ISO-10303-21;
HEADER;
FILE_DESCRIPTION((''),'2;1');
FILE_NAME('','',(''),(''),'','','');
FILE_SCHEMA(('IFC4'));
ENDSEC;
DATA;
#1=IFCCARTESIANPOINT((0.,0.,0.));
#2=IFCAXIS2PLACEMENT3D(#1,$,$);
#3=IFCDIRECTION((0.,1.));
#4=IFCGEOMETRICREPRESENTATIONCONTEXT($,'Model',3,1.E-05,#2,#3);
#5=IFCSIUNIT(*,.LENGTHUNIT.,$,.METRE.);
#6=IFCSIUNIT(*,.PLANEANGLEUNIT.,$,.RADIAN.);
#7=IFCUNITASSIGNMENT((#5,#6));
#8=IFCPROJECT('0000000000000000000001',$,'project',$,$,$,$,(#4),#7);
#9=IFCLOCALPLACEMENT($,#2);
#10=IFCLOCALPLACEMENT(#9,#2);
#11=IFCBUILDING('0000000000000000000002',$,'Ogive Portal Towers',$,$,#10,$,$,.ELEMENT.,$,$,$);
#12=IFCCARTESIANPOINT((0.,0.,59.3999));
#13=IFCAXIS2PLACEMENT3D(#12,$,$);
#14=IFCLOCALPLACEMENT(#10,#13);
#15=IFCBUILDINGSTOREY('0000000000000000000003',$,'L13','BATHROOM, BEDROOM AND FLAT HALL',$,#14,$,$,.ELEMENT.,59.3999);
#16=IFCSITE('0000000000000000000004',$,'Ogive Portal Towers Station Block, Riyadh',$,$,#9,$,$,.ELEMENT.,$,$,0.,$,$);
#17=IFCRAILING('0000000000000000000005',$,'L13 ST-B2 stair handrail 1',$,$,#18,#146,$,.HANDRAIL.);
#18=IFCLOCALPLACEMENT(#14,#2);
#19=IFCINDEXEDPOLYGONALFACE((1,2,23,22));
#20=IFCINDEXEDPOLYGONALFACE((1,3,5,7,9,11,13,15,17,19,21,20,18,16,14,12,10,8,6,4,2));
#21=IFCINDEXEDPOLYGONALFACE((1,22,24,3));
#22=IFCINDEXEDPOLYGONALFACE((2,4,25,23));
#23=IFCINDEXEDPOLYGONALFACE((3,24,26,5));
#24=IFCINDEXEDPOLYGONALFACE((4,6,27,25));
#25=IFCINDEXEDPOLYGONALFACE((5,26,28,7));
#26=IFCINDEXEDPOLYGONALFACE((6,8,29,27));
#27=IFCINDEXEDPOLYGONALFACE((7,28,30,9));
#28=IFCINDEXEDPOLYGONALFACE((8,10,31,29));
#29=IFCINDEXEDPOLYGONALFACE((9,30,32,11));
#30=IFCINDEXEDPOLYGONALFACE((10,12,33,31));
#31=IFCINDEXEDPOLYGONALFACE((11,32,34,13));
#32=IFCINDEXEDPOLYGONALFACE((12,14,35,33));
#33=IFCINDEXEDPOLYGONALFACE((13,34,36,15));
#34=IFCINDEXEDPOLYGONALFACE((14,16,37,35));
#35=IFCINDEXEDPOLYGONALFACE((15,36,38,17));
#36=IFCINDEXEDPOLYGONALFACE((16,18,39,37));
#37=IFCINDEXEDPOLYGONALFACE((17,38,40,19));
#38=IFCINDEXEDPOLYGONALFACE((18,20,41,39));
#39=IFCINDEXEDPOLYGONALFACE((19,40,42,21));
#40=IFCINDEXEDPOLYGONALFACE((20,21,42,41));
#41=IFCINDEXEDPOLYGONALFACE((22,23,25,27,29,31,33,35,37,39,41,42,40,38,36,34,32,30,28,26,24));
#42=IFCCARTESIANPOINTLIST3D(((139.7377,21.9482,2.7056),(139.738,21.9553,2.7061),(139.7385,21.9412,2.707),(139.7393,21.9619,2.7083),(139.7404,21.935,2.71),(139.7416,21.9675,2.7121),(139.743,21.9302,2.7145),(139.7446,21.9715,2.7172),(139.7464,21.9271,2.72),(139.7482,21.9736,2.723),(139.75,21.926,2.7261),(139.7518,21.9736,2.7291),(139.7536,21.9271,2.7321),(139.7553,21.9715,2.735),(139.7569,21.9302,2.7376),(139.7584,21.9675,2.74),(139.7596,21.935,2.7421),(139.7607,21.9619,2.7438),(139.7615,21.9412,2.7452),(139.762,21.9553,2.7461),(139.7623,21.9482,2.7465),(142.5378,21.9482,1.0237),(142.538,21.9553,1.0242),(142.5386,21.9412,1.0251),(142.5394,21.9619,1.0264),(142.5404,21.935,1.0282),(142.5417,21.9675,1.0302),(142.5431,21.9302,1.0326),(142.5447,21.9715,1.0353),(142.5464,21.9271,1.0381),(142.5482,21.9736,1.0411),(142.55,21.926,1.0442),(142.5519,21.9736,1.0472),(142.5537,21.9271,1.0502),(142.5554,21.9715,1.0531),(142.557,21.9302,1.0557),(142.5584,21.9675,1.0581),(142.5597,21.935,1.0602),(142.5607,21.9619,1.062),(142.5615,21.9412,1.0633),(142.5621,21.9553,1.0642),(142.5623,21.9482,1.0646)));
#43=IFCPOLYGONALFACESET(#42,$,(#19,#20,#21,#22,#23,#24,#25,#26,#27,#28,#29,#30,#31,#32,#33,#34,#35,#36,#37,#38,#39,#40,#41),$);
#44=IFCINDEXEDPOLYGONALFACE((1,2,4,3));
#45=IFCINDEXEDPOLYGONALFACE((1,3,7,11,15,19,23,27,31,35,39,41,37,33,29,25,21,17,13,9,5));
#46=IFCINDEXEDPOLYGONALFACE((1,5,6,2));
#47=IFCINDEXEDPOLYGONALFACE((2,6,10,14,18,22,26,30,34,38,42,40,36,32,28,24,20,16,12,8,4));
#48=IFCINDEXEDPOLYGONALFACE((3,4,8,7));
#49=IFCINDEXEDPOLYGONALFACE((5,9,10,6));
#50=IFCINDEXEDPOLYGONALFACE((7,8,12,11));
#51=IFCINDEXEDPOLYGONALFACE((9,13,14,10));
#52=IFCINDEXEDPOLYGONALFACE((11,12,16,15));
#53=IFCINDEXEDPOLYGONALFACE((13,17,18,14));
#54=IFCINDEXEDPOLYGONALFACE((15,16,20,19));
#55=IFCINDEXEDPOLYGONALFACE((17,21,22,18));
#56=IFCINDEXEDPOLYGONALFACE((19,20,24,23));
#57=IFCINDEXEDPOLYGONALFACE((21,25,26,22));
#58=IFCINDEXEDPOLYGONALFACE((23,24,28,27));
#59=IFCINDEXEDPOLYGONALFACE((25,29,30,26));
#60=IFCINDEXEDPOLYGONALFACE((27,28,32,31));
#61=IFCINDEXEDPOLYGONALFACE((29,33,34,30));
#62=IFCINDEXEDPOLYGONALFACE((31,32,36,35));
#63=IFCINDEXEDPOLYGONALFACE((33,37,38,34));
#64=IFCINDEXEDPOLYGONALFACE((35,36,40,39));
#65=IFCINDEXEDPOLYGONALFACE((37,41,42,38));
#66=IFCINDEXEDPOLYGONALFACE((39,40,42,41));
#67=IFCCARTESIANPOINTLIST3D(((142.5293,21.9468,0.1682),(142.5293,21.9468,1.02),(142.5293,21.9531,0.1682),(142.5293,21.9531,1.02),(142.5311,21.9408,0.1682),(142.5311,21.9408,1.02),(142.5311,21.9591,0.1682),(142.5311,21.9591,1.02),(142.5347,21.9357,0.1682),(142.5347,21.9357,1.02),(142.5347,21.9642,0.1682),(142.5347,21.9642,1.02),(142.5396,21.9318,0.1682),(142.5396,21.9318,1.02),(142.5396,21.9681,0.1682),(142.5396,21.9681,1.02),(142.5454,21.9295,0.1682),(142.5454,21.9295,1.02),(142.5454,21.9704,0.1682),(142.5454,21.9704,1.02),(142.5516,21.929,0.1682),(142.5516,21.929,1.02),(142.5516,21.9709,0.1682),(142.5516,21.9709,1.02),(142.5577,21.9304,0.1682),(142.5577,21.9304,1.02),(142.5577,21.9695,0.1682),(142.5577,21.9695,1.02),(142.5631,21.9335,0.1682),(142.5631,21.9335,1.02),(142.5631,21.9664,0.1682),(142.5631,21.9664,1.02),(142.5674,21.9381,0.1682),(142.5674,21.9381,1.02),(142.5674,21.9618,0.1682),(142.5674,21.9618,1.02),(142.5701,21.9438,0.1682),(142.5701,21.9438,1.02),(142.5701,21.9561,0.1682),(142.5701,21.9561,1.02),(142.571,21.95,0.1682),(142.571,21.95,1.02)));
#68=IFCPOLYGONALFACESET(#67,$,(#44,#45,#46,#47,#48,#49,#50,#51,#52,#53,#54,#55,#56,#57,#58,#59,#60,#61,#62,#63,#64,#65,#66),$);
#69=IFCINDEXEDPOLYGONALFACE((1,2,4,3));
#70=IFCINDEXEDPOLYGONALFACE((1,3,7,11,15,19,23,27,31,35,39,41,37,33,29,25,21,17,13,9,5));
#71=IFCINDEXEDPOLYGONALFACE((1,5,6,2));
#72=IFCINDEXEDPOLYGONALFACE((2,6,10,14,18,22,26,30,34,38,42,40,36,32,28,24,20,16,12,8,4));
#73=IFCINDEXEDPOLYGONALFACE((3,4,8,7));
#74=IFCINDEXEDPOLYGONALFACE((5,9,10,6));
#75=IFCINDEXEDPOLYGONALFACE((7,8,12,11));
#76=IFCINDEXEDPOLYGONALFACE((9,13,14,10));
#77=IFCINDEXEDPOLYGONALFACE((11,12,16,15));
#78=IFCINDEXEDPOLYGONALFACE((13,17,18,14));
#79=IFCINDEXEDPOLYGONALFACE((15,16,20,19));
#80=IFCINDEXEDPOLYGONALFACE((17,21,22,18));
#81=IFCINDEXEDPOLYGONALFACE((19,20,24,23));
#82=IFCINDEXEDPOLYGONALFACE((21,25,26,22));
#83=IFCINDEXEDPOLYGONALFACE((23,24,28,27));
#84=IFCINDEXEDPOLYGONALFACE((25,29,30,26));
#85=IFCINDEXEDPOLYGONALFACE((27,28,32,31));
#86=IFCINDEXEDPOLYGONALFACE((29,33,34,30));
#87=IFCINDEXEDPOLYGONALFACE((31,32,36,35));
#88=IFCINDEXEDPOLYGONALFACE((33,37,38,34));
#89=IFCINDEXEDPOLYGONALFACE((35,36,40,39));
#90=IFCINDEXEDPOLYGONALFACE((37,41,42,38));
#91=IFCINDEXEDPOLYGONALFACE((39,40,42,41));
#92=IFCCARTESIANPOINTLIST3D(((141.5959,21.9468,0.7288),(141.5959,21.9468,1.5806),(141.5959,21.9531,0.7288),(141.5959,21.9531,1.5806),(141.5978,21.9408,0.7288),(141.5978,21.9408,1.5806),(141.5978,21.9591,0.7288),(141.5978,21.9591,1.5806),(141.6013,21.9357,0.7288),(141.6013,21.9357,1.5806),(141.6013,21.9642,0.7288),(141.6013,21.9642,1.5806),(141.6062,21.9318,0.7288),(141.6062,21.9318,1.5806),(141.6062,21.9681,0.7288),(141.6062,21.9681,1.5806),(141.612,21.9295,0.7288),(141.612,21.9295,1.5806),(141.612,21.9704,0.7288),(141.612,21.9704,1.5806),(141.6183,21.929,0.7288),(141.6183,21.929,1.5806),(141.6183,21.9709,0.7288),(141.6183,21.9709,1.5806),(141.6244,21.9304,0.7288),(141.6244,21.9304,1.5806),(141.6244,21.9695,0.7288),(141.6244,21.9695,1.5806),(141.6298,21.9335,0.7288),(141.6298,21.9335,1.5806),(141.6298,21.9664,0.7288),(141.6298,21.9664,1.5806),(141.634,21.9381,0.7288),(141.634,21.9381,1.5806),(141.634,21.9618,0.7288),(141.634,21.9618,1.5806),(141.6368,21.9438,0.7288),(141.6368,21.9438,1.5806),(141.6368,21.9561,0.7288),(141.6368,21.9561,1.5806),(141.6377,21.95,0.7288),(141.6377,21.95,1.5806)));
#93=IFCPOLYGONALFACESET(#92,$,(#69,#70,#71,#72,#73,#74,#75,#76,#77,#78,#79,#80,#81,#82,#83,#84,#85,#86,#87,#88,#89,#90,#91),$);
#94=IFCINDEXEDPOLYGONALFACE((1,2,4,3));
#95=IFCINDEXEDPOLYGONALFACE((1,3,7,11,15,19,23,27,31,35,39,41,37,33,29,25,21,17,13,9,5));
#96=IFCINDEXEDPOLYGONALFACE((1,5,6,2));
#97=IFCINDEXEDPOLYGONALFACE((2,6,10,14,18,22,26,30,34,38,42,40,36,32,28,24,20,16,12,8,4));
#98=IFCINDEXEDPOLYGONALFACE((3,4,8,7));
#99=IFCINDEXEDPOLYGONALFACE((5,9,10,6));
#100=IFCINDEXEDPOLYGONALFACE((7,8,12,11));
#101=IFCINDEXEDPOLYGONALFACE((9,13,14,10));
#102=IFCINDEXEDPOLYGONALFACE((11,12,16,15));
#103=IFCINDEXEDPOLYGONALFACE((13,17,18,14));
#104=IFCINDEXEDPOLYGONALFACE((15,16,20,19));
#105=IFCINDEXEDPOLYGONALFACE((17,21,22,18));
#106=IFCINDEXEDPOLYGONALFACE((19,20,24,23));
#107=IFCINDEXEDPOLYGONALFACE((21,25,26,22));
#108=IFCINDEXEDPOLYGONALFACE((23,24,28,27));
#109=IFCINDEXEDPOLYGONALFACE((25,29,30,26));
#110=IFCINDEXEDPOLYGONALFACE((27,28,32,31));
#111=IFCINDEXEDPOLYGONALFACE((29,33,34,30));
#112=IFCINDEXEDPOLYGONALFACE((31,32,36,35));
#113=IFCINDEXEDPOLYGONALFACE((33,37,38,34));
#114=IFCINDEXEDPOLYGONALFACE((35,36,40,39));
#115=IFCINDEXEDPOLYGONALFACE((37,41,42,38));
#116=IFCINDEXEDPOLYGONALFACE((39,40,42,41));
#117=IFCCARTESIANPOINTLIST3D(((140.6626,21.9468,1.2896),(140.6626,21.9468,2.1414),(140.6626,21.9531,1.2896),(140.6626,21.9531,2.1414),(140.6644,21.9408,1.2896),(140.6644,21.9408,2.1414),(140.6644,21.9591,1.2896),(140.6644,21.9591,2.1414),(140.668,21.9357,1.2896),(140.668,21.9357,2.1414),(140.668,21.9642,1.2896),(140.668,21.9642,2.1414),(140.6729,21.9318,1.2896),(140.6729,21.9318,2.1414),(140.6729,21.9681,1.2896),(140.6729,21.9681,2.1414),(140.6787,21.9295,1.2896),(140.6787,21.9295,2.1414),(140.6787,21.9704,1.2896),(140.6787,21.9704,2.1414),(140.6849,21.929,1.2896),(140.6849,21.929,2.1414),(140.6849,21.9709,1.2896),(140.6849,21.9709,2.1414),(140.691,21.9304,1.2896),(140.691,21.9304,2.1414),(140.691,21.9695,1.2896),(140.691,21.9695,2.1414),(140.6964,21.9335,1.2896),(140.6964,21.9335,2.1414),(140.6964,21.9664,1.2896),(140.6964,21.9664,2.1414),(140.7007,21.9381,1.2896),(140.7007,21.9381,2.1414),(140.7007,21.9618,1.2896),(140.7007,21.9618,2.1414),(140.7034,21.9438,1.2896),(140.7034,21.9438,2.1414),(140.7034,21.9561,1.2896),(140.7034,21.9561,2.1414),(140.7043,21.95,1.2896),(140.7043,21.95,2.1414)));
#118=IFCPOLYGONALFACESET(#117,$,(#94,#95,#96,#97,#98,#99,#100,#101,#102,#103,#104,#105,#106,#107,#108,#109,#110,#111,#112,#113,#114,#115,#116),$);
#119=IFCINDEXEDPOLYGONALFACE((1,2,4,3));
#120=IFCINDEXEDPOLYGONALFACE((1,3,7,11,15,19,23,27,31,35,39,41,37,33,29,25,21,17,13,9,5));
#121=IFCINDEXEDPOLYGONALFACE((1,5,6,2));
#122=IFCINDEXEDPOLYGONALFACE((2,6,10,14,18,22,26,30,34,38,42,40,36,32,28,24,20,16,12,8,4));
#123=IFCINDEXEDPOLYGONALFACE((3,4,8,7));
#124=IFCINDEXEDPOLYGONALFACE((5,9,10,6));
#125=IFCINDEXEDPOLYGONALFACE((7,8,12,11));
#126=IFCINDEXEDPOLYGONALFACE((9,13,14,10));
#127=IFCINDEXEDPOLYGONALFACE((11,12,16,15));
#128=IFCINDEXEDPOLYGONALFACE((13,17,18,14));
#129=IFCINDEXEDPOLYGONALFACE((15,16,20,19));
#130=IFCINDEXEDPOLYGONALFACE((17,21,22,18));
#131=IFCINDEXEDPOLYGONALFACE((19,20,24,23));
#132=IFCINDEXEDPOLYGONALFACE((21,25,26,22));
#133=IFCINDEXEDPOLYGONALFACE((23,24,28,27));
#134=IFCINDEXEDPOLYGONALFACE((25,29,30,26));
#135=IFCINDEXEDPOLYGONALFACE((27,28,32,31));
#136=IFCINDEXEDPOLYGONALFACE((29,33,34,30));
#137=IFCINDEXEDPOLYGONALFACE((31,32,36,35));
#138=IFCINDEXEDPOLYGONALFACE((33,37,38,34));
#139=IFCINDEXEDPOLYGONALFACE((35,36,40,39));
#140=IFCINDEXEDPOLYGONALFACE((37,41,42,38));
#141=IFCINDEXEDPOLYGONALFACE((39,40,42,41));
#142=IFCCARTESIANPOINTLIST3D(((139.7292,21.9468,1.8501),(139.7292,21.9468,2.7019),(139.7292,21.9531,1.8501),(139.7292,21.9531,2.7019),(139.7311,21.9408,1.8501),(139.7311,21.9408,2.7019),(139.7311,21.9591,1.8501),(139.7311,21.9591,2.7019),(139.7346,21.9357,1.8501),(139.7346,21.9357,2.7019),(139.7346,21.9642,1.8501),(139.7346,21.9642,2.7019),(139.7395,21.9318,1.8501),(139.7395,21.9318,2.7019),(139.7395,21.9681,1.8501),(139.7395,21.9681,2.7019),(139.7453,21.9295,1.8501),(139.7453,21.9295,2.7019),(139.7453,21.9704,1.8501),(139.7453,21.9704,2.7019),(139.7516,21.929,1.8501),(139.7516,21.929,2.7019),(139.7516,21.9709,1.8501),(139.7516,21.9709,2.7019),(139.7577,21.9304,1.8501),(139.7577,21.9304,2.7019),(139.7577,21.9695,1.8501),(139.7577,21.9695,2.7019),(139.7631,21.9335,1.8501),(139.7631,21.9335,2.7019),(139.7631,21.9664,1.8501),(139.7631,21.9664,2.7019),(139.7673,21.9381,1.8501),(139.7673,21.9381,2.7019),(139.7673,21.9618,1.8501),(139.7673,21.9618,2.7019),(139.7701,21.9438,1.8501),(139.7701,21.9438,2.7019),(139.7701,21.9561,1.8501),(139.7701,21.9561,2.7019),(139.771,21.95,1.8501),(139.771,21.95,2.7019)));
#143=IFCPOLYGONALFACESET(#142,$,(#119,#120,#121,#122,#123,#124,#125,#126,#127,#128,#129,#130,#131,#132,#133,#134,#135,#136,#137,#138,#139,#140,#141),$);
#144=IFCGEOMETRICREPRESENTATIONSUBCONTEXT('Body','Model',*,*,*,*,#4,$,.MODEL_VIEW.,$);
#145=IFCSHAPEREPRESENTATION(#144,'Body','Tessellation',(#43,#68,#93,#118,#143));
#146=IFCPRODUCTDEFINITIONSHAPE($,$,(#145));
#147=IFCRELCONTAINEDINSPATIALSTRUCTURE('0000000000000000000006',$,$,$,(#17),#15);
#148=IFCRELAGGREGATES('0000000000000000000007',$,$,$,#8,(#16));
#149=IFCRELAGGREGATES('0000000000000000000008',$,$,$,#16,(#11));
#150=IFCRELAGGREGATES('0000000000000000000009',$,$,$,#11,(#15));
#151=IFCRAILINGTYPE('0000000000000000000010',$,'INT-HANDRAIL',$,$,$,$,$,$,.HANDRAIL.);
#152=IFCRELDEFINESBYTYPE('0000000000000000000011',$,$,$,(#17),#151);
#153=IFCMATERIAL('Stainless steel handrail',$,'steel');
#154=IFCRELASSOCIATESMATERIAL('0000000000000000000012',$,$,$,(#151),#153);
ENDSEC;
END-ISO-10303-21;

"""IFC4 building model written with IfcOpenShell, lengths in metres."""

from ifc_helpers import new_model, si_unit, direction, frame, origin, origin_2d, place, context, subcontext, project, spatial, circle, extrude, material, type_object, element, save


model = new_model("IFC4")

# Units and contexts
model_context = context("Model", 3, precision=1e-05, world=origin(), true_north=direction((0.0, 1.0)))
body_context = subcontext(model_context, "Body", "Model", "MODEL_VIEW")
ifc_project = project(units=[si_unit("LENGTHUNIT", "METRE"), si_unit("PLANEANGLEUNIT", "RADIAN")], contexts=[model_context])

# Site, building, storey
site_placement = place(None, origin())
site = spatial("IfcSite", under=ifc_project, at=site_placement, Name="Ogive Portal Towers Station Block, Riyadh", CompositionType="ELEMENT", RefElevation=0.0)
building_placement = place(site_placement, origin())
building = spatial("IfcBuilding", under=site, at=building_placement, Name="Ogive Portal Towers", CompositionType="ELEMENT")
storey_placement = place(building_placement, frame((0.0, 0.0, 59.3999)))
storey = spatial("IfcBuildingStorey", under=building, at=storey_placement, Name="L13", Description="BATHROOM, BEDROOM AND FLAT HALL", CompositionType="ELEMENT", Elevation=59.3999)

# Railing
ifc_material_1 = material(Name="Stainless steel handrail", Category="steel")
railing_type_1 = type_object("IfcRailingType", Name="INT-HANDRAIL", PredefinedType="HANDRAIL", material=ifc_material_1)
railing_1_placement = place(storey_placement, frame((142.55, 21.95, 0.1682)))
element("IfcRailing", 1, at=railing_1_placement, inside=storey, type_object=railing_type_1, Name="L13 ST-B2 stair handrail 1", PredefinedType="HANDRAIL", context=body_context, shape_type="SweptSolid", body=[
    extrude(circle(Radius=0.0239, at=origin_2d()), frame((0.0, 0.0, 0.876), z_axis=(-0.857242, 0.0, 0.514913), x_axis=(0.0, -1.0, 0.0)), (0.0, 0.0, 1.0), 3.2664),
    extrude(circle(Radius=0.021, at=origin_2d()), origin(), (0.0, 0.0, 1.0), 0.8518),
    extrude(circle(Radius=0.021, at=origin_2d()), frame((-0.9333, 0.0, 0.5605)), (0.0, 0.0, 1.0), 0.8518),
    extrude(circle(Radius=0.021, at=origin_2d()), frame((-1.8667, 0.0, 1.1213)), (0.0, 0.0, 1.0), 0.8518),
    extrude(circle(Radius=0.021, at=origin_2d()), frame((-2.8, 0.0, 1.6819)), (0.0, 0.0, 1.0), 0.8518),
])

save(model, "model.ifc")
